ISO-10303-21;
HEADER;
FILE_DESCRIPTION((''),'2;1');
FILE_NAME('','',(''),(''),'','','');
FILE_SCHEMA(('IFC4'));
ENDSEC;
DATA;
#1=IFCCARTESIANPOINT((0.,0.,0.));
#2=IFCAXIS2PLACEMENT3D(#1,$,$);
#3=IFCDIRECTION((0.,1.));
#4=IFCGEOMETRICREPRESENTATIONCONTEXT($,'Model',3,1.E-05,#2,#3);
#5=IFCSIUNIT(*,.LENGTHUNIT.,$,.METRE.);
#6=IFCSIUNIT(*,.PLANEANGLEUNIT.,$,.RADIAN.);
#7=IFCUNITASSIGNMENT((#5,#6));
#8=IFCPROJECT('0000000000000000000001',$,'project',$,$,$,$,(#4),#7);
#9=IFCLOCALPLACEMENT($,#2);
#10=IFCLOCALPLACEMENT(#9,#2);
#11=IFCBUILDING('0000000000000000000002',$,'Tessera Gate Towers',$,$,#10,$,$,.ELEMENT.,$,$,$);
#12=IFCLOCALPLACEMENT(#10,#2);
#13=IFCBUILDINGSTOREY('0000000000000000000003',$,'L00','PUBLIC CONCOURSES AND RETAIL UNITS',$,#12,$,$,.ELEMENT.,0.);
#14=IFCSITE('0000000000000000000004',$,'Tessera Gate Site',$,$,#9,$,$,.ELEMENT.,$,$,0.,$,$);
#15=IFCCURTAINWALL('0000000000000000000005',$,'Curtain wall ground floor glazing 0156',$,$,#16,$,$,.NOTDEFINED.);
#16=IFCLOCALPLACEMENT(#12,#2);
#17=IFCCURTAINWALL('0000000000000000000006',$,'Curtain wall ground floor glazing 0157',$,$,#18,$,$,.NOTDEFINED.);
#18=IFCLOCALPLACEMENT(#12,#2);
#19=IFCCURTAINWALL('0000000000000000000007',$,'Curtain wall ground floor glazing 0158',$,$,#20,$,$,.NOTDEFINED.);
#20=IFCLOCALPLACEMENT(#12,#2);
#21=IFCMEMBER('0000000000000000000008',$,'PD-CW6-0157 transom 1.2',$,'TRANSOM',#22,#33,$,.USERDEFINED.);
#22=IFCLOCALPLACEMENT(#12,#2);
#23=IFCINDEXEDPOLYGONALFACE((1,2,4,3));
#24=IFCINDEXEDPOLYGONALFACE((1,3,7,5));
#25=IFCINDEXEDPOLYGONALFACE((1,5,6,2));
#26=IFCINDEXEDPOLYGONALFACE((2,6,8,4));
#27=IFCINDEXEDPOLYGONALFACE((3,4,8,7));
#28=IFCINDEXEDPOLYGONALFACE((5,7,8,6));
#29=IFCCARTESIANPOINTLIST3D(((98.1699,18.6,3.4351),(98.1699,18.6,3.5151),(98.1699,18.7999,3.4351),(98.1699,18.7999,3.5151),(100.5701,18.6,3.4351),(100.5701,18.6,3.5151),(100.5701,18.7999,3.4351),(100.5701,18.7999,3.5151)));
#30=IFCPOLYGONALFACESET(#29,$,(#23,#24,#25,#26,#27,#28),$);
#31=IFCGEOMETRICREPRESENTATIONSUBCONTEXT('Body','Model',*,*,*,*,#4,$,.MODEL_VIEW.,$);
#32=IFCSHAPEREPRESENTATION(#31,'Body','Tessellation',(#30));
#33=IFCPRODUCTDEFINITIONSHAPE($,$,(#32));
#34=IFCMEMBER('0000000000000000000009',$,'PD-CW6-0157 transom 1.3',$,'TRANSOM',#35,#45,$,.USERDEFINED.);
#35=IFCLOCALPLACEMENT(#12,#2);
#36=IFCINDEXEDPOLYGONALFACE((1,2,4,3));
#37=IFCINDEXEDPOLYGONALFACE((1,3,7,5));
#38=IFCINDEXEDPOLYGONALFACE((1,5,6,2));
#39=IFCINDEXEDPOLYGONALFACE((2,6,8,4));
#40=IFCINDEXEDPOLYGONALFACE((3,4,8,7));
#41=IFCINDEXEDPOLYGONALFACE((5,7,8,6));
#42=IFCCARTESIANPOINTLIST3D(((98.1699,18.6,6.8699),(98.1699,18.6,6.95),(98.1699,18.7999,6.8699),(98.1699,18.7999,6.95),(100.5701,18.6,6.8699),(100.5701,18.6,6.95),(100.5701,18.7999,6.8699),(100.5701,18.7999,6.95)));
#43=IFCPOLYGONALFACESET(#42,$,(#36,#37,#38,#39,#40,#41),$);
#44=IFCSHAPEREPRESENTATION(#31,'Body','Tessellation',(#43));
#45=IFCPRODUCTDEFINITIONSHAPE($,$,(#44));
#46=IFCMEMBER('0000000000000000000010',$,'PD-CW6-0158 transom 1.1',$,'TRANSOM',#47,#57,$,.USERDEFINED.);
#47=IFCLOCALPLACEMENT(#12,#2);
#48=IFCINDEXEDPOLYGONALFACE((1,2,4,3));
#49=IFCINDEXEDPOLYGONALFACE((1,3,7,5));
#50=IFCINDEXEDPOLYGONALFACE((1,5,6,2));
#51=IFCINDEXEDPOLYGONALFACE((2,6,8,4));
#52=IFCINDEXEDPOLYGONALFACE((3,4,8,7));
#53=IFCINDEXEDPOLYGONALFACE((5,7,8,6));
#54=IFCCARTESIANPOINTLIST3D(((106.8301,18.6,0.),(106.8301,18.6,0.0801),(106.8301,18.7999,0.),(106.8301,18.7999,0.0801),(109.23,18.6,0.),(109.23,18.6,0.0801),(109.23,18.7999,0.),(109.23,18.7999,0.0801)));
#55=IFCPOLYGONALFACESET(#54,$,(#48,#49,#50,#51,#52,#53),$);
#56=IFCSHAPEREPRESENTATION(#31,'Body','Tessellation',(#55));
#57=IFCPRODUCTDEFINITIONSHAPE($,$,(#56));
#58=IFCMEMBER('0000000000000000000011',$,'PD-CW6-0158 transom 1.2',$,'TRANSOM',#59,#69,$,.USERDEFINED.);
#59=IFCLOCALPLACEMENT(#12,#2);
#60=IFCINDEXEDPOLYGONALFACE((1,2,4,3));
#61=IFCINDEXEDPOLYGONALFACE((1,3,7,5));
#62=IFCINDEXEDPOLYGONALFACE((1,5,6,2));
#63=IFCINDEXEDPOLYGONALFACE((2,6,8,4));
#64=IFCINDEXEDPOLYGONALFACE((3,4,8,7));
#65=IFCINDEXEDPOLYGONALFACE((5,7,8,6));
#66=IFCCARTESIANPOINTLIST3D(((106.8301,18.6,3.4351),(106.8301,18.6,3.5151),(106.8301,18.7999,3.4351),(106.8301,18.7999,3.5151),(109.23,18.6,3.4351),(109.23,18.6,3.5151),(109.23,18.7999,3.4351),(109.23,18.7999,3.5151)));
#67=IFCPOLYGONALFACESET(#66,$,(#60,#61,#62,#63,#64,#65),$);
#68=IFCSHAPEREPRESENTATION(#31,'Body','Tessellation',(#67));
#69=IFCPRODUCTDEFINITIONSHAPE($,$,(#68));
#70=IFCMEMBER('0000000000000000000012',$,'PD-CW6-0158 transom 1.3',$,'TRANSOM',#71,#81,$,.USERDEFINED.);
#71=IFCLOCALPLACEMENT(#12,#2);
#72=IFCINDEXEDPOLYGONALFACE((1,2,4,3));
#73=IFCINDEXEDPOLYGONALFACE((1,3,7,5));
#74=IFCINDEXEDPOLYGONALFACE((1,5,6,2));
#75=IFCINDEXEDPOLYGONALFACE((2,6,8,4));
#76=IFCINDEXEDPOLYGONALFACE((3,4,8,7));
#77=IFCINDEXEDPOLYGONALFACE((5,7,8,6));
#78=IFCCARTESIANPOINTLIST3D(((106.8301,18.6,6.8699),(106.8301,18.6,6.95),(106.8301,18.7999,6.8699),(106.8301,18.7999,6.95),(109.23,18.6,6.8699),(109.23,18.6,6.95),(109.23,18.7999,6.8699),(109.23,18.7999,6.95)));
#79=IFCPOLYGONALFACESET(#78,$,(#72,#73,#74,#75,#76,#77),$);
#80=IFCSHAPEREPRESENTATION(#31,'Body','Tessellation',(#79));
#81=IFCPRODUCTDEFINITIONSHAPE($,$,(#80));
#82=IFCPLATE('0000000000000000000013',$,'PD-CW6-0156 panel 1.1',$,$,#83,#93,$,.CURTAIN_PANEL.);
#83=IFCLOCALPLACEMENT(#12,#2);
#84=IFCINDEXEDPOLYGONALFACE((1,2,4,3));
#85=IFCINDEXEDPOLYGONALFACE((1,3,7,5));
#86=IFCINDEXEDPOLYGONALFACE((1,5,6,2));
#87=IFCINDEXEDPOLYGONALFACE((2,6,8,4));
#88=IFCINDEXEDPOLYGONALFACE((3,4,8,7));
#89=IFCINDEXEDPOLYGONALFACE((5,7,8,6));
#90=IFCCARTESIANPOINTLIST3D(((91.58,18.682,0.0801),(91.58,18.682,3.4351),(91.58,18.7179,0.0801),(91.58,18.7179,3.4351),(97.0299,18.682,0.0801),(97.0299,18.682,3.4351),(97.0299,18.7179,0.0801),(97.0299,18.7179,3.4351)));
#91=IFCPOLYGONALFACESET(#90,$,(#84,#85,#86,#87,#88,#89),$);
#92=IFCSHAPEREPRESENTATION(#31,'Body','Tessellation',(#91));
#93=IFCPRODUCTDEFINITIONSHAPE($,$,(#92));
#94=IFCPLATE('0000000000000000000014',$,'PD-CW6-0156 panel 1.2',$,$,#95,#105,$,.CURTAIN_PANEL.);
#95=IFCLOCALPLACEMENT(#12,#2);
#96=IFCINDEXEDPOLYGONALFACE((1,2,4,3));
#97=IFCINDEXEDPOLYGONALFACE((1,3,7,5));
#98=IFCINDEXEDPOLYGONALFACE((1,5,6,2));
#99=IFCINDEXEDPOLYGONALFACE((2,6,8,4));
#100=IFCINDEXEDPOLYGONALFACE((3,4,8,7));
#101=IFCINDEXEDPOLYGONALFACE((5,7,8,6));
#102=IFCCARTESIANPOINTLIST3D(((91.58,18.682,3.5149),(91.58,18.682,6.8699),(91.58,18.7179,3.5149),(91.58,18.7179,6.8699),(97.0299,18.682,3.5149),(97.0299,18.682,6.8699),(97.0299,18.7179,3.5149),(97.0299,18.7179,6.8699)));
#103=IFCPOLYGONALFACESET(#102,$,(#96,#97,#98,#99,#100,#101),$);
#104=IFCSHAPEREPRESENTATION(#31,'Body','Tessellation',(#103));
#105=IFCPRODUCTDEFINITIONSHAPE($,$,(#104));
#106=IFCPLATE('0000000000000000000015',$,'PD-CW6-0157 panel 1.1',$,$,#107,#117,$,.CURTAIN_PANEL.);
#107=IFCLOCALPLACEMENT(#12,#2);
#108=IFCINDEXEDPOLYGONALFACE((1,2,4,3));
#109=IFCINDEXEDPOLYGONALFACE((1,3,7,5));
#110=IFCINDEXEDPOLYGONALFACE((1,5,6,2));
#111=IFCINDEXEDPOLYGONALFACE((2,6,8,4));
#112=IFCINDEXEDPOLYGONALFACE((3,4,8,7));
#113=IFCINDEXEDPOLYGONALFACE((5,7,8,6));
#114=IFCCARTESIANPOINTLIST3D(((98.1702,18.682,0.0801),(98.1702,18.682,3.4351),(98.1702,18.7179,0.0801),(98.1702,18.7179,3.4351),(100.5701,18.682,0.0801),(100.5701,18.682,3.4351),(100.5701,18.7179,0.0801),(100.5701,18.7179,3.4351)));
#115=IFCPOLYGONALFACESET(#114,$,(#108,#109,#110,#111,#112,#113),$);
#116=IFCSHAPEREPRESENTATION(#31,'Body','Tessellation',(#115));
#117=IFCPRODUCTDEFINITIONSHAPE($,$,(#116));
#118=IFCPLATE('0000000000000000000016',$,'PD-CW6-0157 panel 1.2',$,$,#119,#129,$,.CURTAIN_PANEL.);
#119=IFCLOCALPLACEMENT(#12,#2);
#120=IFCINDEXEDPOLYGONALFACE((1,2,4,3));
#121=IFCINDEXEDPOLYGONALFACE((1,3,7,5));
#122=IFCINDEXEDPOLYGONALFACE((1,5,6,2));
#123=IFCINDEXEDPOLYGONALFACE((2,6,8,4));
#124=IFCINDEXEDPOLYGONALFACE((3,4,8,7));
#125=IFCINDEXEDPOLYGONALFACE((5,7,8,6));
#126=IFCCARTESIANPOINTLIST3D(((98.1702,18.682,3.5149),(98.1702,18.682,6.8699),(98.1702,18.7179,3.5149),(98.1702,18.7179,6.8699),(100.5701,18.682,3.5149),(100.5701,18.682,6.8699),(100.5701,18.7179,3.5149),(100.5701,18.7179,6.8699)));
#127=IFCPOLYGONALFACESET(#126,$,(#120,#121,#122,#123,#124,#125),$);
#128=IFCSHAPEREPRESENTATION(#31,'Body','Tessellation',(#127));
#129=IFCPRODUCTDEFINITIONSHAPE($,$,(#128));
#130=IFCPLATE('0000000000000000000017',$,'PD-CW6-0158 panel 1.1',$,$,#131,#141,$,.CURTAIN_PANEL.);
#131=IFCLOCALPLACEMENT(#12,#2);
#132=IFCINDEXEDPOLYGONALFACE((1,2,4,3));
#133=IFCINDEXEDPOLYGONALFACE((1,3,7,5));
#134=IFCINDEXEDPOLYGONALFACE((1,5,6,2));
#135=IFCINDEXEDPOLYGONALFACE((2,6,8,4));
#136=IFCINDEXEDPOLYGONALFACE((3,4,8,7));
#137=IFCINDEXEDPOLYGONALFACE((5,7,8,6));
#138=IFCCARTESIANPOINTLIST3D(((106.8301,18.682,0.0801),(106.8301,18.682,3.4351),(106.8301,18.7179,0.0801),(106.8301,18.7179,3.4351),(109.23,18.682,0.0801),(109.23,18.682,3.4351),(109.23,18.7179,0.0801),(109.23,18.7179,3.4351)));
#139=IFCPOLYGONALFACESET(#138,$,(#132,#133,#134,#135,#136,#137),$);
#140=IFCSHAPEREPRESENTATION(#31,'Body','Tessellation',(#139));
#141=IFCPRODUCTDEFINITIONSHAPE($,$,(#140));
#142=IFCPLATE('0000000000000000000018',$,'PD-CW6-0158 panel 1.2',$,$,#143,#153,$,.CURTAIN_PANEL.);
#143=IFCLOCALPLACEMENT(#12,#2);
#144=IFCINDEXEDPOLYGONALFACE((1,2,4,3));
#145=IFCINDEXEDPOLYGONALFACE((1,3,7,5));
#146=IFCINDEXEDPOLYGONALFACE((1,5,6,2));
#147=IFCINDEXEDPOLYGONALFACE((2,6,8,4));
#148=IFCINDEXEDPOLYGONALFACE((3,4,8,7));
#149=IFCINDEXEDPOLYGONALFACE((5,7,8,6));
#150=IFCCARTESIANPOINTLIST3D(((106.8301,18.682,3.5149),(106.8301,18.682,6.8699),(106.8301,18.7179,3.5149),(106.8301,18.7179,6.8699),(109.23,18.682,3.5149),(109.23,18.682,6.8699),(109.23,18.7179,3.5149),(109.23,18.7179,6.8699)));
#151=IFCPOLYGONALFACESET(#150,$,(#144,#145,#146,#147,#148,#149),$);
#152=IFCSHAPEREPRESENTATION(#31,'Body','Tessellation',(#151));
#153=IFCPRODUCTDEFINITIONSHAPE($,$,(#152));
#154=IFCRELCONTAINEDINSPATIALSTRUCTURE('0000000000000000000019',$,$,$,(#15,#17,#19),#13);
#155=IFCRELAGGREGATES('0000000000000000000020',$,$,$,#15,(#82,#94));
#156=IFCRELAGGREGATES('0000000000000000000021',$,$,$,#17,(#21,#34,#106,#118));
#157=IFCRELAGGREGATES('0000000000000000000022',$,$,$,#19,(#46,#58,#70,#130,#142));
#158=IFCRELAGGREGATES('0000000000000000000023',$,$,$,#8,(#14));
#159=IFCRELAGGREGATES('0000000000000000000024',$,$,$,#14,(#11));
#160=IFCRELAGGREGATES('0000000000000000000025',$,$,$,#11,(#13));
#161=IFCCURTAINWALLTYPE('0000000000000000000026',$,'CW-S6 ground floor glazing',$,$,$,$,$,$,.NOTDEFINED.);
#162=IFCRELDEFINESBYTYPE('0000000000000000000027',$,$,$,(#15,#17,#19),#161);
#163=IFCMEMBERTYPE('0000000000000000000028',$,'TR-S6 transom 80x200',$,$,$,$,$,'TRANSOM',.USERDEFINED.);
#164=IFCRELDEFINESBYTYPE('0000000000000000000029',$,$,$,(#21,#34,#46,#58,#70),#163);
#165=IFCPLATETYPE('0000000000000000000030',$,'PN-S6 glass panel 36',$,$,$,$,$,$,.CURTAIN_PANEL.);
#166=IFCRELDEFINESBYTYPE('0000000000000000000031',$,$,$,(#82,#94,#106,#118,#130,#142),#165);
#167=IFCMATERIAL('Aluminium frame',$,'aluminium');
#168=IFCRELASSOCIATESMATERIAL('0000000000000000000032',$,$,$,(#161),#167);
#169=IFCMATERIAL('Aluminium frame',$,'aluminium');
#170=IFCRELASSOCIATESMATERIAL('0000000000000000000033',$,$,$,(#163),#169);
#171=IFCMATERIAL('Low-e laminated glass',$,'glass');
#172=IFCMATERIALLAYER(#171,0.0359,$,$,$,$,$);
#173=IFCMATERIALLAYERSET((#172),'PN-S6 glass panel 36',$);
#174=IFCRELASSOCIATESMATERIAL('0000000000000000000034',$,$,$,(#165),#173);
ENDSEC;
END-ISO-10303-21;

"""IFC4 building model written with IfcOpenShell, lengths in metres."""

from ifc_helpers import new_model, si_unit, direction, frame, origin, origin_2d, place, context, subcontext, project, spatial, rectangle, extrude, material, layer, layer_set, material_profile, profile_set, type_object, element, aggregate, save


model = new_model("IFC4")

# Units and contexts
model_context = context("Model", 3, precision=1e-05, world=origin(), true_north=direction((0.0, 1.0)))
body_context = subcontext(model_context, "Body", "Model", "MODEL_VIEW")
ifc_project = project(units=[si_unit("LENGTHUNIT", "METRE"), si_unit("PLANEANGLEUNIT", "RADIAN")], contexts=[model_context])

# Site, building, storey
site_placement = place(None, origin())
site = spatial("IfcSite", under=ifc_project, at=site_placement, Name="Tessera Gate Site", CompositionType="ELEMENT", RefElevation=0.0)
building_placement = place(site_placement, origin())
building = spatial("IfcBuilding", under=site, at=building_placement, Name="Tessera Gate Towers", CompositionType="ELEMENT")
storey_placement = place(building_placement, origin())
storey = spatial("IfcBuildingStorey", under=building, at=storey_placement, Name="L00", Description="PUBLIC CONCOURSES AND RETAIL UNITS", CompositionType="ELEMENT", Elevation=0.0)

# Curtain wall
ifc_material_1 = material(Name="Aluminium frame", Category="aluminium")
curtain_wall_type = type_object("IfcCurtainWallType", Name="CW-S6 ground floor glazing", PredefinedType="NOTDEFINED", material=ifc_material_1)
curtain_wall_1_placement = place(storey_placement, origin())
curtain_wall_1 = element("IfcCurtainWall", 1, at=curtain_wall_1_placement, inside=storey, type_object=curtain_wall_type, Name="Curtain wall ground floor glazing 0156", PredefinedType="NOTDEFINED")

# Curtain wall
curtain_wall_2_placement = place(storey_placement, origin())
curtain_wall_2 = element("IfcCurtainWall", 2, at=curtain_wall_2_placement, inside=storey, type_object=curtain_wall_type, Name="Curtain wall ground floor glazing 0157", PredefinedType="NOTDEFINED")

# Curtain wall
curtain_wall_3_placement = place(storey_placement, origin())
curtain_wall_3 = element("IfcCurtainWall", 3, at=curtain_wall_3_placement, inside=storey, type_object=curtain_wall_type, Name="Curtain wall ground floor glazing 0158", PredefinedType="NOTDEFINED")

# Members
ifc_material_2 = material(Name="Aluminium frame", Category="aluminium")
ifc_material_profile_1 = material_profile(ifc_material_2, rectangle(XDim=0.2, YDim=0.0801, at=origin_2d()), Name="AL 80x200")
ifc_profile_set_1 = profile_set([ifc_material_profile_1], Name="Aluminium frame")
member_type_1 = type_object("IfcMemberType", Name="TR-S6 transom 80x200", ElementType="TRANSOM", PredefinedType="USERDEFINED", material=ifc_profile_set_1)
member_1_placement = place(storey_placement, frame((98.1699, 18.7, 3.4751), z_axis=(1.0, 0.0, 0.0), x_axis=(0.0, 1.0, 0.0)))
member_1 = element("IfcMember", 4, at=member_1_placement, type_object=member_type_1, Name="PD-CW6-0157 transom 1.2", ObjectType="TRANSOM", PredefinedType="USERDEFINED", context=body_context, shape_type="SweptSolid", body=[
    extrude(rectangle(XDim=0.2, YDim=0.0801, at=origin_2d()), origin(), (0.0, 0.0, 1.0), 2.4001),
])
member_2_placement = place(storey_placement, frame((98.1699, 18.7, 6.9099), z_axis=(1.0, 0.0, 0.0), x_axis=(0.0, 1.0, 0.0)))
member_2 = element("IfcMember", 5, at=member_2_placement, type_object=member_type_1, Name="PD-CW6-0157 transom 1.3", ObjectType="TRANSOM", PredefinedType="USERDEFINED", context=body_context, shape_type="SweptSolid", body=[
    extrude(rectangle(XDim=0.2, YDim=0.0801, at=origin_2d()), origin(), (0.0, 0.0, 1.0), 2.4001),
])
member_3_placement = place(storey_placement, frame((106.8301, 18.7, 0.04), z_axis=(1.0, 0.0, 0.0), x_axis=(0.0, 1.0, 0.0)))
member_3 = element("IfcMember", 6, at=member_3_placement, type_object=member_type_1, Name="PD-CW6-0158 transom 1.1", ObjectType="TRANSOM", PredefinedType="USERDEFINED", context=body_context, shape_type="SweptSolid", body=[
    extrude(rectangle(XDim=0.2, YDim=0.0801, at=origin_2d()), origin(), (0.0, 0.0, 1.0), 2.3999),
])
member_4_placement = place(storey_placement, frame((106.8301, 18.7, 3.4751), z_axis=(1.0, 0.0, 0.0), x_axis=(0.0, 1.0, 0.0)))
member_4 = element("IfcMember", 7, at=member_4_placement, type_object=member_type_1, Name="PD-CW6-0158 transom 1.2", ObjectType="TRANSOM", PredefinedType="USERDEFINED", context=body_context, shape_type="SweptSolid", body=[
    extrude(rectangle(XDim=0.2, YDim=0.0801, at=origin_2d()), origin(), (0.0, 0.0, 1.0), 2.3999),
])
member_5_placement = place(storey_placement, frame((106.8301, 18.7, 6.9099), z_axis=(1.0, 0.0, 0.0), x_axis=(0.0, 1.0, 0.0)))
member_5 = element("IfcMember", 8, at=member_5_placement, type_object=member_type_1, Name="PD-CW6-0158 transom 1.3", ObjectType="TRANSOM", PredefinedType="USERDEFINED", context=body_context, shape_type="SweptSolid", body=[
    extrude(rectangle(XDim=0.2, YDim=0.0801, at=origin_2d()), origin(), (0.0, 0.0, 1.0), 2.3999),
])

# Plates
ifc_material_3 = material(Name="Low-e laminated glass", Category="glass")
ifc_layer_1 = layer(ifc_material_3, 0.0359)
ifc_layer_set_1 = layer_set([ifc_layer_1], Name="PN-S6 glass panel 36")
plate_type_1 = type_object("IfcPlateType", Name="PN-S6 glass panel 36", PredefinedType="CURTAIN_PANEL", material=ifc_layer_set_1)
plate_1_placement = place(storey_placement, frame((94.3049, 18.7, 0.0801), z_axis=(0.0, 0.0, 1.0), x_axis=(1.0, 0.0, 0.0)))
plate_1 = element("IfcPlate", 9, at=plate_1_placement, type_object=plate_type_1, Name="PD-CW6-0156 panel 1.1", PredefinedType="CURTAIN_PANEL", context=body_context, shape_type="SweptSolid", body=[
    extrude(rectangle(XDim=5.45, YDim=0.0359, at=origin_2d()), origin(), (0.0, 0.0, 1.0), 3.355),
])
plate_2_placement = place(storey_placement, frame((94.3049, 18.7, 3.5149), z_axis=(0.0, 0.0, 1.0), x_axis=(1.0, 0.0, 0.0)))
plate_2 = element("IfcPlate", 10, at=plate_2_placement, type_object=plate_type_1, Name="PD-CW6-0156 panel 1.2", PredefinedType="CURTAIN_PANEL", context=body_context, shape_type="SweptSolid", body=[
    extrude(rectangle(XDim=5.45, YDim=0.0359, at=origin_2d()), origin(), (0.0, 0.0, 1.0), 3.355),
])
aggregate(curtain_wall_1, [plate_1, plate_2])
plate_3_placement = place(storey_placement, frame((99.3701, 18.7, 0.0801), z_axis=(0.0, 0.0, 1.0), x_axis=(1.0, 0.0, 0.0)))
plate_3 = element("IfcPlate", 11, at=plate_3_placement, type_object=plate_type_1, Name="PD-CW6-0157 panel 1.1", PredefinedType="CURTAIN_PANEL", context=body_context, shape_type="SweptSolid", body=[
    extrude(rectangle(XDim=2.3999, YDim=0.0359, at=origin_2d()), origin(), (0.0, 0.0, 1.0), 3.355),
])
plate_4_placement = place(storey_placement, frame((99.3701, 18.7, 3.5149), z_axis=(0.0, 0.0, 1.0), x_axis=(1.0, 0.0, 0.0)))
plate_4 = element("IfcPlate", 12, at=plate_4_placement, type_object=plate_type_1, Name="PD-CW6-0157 panel 1.2", PredefinedType="CURTAIN_PANEL", context=body_context, shape_type="SweptSolid", body=[
    extrude(rectangle(XDim=2.3999, YDim=0.0359, at=origin_2d()), origin(), (0.0, 0.0, 1.0), 3.355),
])
aggregate(curtain_wall_2, [member_1, member_2, plate_3, plate_4])
plate_5_placement = place(storey_placement, frame((108.03, 18.7, 0.0801), z_axis=(0.0, 0.0, 1.0), x_axis=(1.0, 0.0, 0.0)))
plate_5 = element("IfcPlate", 13, at=plate_5_placement, type_object=plate_type_1, Name="PD-CW6-0158 panel 1.1", PredefinedType="CURTAIN_PANEL", context=body_context, shape_type="SweptSolid", body=[
    extrude(rectangle(XDim=2.3999, YDim=0.0359, at=origin_2d()), origin(), (0.0, 0.0, 1.0), 3.355),
])
plate_6_placement = place(storey_placement, frame((108.03, 18.7, 3.5149), z_axis=(0.0, 0.0, 1.0), x_axis=(1.0, 0.0, 0.0)))
plate_6 = element("IfcPlate", 14, at=plate_6_placement, type_object=plate_type_1, Name="PD-CW6-0158 panel 1.2", PredefinedType="CURTAIN_PANEL", context=body_context, shape_type="SweptSolid", body=[
    extrude(rectangle(XDim=2.3999, YDim=0.0359, at=origin_2d()), origin(), (0.0, 0.0, 1.0), 3.355),
])
aggregate(curtain_wall_3, [member_3, member_4, member_5, plate_5, plate_6])

save(model, "model.ifc")
